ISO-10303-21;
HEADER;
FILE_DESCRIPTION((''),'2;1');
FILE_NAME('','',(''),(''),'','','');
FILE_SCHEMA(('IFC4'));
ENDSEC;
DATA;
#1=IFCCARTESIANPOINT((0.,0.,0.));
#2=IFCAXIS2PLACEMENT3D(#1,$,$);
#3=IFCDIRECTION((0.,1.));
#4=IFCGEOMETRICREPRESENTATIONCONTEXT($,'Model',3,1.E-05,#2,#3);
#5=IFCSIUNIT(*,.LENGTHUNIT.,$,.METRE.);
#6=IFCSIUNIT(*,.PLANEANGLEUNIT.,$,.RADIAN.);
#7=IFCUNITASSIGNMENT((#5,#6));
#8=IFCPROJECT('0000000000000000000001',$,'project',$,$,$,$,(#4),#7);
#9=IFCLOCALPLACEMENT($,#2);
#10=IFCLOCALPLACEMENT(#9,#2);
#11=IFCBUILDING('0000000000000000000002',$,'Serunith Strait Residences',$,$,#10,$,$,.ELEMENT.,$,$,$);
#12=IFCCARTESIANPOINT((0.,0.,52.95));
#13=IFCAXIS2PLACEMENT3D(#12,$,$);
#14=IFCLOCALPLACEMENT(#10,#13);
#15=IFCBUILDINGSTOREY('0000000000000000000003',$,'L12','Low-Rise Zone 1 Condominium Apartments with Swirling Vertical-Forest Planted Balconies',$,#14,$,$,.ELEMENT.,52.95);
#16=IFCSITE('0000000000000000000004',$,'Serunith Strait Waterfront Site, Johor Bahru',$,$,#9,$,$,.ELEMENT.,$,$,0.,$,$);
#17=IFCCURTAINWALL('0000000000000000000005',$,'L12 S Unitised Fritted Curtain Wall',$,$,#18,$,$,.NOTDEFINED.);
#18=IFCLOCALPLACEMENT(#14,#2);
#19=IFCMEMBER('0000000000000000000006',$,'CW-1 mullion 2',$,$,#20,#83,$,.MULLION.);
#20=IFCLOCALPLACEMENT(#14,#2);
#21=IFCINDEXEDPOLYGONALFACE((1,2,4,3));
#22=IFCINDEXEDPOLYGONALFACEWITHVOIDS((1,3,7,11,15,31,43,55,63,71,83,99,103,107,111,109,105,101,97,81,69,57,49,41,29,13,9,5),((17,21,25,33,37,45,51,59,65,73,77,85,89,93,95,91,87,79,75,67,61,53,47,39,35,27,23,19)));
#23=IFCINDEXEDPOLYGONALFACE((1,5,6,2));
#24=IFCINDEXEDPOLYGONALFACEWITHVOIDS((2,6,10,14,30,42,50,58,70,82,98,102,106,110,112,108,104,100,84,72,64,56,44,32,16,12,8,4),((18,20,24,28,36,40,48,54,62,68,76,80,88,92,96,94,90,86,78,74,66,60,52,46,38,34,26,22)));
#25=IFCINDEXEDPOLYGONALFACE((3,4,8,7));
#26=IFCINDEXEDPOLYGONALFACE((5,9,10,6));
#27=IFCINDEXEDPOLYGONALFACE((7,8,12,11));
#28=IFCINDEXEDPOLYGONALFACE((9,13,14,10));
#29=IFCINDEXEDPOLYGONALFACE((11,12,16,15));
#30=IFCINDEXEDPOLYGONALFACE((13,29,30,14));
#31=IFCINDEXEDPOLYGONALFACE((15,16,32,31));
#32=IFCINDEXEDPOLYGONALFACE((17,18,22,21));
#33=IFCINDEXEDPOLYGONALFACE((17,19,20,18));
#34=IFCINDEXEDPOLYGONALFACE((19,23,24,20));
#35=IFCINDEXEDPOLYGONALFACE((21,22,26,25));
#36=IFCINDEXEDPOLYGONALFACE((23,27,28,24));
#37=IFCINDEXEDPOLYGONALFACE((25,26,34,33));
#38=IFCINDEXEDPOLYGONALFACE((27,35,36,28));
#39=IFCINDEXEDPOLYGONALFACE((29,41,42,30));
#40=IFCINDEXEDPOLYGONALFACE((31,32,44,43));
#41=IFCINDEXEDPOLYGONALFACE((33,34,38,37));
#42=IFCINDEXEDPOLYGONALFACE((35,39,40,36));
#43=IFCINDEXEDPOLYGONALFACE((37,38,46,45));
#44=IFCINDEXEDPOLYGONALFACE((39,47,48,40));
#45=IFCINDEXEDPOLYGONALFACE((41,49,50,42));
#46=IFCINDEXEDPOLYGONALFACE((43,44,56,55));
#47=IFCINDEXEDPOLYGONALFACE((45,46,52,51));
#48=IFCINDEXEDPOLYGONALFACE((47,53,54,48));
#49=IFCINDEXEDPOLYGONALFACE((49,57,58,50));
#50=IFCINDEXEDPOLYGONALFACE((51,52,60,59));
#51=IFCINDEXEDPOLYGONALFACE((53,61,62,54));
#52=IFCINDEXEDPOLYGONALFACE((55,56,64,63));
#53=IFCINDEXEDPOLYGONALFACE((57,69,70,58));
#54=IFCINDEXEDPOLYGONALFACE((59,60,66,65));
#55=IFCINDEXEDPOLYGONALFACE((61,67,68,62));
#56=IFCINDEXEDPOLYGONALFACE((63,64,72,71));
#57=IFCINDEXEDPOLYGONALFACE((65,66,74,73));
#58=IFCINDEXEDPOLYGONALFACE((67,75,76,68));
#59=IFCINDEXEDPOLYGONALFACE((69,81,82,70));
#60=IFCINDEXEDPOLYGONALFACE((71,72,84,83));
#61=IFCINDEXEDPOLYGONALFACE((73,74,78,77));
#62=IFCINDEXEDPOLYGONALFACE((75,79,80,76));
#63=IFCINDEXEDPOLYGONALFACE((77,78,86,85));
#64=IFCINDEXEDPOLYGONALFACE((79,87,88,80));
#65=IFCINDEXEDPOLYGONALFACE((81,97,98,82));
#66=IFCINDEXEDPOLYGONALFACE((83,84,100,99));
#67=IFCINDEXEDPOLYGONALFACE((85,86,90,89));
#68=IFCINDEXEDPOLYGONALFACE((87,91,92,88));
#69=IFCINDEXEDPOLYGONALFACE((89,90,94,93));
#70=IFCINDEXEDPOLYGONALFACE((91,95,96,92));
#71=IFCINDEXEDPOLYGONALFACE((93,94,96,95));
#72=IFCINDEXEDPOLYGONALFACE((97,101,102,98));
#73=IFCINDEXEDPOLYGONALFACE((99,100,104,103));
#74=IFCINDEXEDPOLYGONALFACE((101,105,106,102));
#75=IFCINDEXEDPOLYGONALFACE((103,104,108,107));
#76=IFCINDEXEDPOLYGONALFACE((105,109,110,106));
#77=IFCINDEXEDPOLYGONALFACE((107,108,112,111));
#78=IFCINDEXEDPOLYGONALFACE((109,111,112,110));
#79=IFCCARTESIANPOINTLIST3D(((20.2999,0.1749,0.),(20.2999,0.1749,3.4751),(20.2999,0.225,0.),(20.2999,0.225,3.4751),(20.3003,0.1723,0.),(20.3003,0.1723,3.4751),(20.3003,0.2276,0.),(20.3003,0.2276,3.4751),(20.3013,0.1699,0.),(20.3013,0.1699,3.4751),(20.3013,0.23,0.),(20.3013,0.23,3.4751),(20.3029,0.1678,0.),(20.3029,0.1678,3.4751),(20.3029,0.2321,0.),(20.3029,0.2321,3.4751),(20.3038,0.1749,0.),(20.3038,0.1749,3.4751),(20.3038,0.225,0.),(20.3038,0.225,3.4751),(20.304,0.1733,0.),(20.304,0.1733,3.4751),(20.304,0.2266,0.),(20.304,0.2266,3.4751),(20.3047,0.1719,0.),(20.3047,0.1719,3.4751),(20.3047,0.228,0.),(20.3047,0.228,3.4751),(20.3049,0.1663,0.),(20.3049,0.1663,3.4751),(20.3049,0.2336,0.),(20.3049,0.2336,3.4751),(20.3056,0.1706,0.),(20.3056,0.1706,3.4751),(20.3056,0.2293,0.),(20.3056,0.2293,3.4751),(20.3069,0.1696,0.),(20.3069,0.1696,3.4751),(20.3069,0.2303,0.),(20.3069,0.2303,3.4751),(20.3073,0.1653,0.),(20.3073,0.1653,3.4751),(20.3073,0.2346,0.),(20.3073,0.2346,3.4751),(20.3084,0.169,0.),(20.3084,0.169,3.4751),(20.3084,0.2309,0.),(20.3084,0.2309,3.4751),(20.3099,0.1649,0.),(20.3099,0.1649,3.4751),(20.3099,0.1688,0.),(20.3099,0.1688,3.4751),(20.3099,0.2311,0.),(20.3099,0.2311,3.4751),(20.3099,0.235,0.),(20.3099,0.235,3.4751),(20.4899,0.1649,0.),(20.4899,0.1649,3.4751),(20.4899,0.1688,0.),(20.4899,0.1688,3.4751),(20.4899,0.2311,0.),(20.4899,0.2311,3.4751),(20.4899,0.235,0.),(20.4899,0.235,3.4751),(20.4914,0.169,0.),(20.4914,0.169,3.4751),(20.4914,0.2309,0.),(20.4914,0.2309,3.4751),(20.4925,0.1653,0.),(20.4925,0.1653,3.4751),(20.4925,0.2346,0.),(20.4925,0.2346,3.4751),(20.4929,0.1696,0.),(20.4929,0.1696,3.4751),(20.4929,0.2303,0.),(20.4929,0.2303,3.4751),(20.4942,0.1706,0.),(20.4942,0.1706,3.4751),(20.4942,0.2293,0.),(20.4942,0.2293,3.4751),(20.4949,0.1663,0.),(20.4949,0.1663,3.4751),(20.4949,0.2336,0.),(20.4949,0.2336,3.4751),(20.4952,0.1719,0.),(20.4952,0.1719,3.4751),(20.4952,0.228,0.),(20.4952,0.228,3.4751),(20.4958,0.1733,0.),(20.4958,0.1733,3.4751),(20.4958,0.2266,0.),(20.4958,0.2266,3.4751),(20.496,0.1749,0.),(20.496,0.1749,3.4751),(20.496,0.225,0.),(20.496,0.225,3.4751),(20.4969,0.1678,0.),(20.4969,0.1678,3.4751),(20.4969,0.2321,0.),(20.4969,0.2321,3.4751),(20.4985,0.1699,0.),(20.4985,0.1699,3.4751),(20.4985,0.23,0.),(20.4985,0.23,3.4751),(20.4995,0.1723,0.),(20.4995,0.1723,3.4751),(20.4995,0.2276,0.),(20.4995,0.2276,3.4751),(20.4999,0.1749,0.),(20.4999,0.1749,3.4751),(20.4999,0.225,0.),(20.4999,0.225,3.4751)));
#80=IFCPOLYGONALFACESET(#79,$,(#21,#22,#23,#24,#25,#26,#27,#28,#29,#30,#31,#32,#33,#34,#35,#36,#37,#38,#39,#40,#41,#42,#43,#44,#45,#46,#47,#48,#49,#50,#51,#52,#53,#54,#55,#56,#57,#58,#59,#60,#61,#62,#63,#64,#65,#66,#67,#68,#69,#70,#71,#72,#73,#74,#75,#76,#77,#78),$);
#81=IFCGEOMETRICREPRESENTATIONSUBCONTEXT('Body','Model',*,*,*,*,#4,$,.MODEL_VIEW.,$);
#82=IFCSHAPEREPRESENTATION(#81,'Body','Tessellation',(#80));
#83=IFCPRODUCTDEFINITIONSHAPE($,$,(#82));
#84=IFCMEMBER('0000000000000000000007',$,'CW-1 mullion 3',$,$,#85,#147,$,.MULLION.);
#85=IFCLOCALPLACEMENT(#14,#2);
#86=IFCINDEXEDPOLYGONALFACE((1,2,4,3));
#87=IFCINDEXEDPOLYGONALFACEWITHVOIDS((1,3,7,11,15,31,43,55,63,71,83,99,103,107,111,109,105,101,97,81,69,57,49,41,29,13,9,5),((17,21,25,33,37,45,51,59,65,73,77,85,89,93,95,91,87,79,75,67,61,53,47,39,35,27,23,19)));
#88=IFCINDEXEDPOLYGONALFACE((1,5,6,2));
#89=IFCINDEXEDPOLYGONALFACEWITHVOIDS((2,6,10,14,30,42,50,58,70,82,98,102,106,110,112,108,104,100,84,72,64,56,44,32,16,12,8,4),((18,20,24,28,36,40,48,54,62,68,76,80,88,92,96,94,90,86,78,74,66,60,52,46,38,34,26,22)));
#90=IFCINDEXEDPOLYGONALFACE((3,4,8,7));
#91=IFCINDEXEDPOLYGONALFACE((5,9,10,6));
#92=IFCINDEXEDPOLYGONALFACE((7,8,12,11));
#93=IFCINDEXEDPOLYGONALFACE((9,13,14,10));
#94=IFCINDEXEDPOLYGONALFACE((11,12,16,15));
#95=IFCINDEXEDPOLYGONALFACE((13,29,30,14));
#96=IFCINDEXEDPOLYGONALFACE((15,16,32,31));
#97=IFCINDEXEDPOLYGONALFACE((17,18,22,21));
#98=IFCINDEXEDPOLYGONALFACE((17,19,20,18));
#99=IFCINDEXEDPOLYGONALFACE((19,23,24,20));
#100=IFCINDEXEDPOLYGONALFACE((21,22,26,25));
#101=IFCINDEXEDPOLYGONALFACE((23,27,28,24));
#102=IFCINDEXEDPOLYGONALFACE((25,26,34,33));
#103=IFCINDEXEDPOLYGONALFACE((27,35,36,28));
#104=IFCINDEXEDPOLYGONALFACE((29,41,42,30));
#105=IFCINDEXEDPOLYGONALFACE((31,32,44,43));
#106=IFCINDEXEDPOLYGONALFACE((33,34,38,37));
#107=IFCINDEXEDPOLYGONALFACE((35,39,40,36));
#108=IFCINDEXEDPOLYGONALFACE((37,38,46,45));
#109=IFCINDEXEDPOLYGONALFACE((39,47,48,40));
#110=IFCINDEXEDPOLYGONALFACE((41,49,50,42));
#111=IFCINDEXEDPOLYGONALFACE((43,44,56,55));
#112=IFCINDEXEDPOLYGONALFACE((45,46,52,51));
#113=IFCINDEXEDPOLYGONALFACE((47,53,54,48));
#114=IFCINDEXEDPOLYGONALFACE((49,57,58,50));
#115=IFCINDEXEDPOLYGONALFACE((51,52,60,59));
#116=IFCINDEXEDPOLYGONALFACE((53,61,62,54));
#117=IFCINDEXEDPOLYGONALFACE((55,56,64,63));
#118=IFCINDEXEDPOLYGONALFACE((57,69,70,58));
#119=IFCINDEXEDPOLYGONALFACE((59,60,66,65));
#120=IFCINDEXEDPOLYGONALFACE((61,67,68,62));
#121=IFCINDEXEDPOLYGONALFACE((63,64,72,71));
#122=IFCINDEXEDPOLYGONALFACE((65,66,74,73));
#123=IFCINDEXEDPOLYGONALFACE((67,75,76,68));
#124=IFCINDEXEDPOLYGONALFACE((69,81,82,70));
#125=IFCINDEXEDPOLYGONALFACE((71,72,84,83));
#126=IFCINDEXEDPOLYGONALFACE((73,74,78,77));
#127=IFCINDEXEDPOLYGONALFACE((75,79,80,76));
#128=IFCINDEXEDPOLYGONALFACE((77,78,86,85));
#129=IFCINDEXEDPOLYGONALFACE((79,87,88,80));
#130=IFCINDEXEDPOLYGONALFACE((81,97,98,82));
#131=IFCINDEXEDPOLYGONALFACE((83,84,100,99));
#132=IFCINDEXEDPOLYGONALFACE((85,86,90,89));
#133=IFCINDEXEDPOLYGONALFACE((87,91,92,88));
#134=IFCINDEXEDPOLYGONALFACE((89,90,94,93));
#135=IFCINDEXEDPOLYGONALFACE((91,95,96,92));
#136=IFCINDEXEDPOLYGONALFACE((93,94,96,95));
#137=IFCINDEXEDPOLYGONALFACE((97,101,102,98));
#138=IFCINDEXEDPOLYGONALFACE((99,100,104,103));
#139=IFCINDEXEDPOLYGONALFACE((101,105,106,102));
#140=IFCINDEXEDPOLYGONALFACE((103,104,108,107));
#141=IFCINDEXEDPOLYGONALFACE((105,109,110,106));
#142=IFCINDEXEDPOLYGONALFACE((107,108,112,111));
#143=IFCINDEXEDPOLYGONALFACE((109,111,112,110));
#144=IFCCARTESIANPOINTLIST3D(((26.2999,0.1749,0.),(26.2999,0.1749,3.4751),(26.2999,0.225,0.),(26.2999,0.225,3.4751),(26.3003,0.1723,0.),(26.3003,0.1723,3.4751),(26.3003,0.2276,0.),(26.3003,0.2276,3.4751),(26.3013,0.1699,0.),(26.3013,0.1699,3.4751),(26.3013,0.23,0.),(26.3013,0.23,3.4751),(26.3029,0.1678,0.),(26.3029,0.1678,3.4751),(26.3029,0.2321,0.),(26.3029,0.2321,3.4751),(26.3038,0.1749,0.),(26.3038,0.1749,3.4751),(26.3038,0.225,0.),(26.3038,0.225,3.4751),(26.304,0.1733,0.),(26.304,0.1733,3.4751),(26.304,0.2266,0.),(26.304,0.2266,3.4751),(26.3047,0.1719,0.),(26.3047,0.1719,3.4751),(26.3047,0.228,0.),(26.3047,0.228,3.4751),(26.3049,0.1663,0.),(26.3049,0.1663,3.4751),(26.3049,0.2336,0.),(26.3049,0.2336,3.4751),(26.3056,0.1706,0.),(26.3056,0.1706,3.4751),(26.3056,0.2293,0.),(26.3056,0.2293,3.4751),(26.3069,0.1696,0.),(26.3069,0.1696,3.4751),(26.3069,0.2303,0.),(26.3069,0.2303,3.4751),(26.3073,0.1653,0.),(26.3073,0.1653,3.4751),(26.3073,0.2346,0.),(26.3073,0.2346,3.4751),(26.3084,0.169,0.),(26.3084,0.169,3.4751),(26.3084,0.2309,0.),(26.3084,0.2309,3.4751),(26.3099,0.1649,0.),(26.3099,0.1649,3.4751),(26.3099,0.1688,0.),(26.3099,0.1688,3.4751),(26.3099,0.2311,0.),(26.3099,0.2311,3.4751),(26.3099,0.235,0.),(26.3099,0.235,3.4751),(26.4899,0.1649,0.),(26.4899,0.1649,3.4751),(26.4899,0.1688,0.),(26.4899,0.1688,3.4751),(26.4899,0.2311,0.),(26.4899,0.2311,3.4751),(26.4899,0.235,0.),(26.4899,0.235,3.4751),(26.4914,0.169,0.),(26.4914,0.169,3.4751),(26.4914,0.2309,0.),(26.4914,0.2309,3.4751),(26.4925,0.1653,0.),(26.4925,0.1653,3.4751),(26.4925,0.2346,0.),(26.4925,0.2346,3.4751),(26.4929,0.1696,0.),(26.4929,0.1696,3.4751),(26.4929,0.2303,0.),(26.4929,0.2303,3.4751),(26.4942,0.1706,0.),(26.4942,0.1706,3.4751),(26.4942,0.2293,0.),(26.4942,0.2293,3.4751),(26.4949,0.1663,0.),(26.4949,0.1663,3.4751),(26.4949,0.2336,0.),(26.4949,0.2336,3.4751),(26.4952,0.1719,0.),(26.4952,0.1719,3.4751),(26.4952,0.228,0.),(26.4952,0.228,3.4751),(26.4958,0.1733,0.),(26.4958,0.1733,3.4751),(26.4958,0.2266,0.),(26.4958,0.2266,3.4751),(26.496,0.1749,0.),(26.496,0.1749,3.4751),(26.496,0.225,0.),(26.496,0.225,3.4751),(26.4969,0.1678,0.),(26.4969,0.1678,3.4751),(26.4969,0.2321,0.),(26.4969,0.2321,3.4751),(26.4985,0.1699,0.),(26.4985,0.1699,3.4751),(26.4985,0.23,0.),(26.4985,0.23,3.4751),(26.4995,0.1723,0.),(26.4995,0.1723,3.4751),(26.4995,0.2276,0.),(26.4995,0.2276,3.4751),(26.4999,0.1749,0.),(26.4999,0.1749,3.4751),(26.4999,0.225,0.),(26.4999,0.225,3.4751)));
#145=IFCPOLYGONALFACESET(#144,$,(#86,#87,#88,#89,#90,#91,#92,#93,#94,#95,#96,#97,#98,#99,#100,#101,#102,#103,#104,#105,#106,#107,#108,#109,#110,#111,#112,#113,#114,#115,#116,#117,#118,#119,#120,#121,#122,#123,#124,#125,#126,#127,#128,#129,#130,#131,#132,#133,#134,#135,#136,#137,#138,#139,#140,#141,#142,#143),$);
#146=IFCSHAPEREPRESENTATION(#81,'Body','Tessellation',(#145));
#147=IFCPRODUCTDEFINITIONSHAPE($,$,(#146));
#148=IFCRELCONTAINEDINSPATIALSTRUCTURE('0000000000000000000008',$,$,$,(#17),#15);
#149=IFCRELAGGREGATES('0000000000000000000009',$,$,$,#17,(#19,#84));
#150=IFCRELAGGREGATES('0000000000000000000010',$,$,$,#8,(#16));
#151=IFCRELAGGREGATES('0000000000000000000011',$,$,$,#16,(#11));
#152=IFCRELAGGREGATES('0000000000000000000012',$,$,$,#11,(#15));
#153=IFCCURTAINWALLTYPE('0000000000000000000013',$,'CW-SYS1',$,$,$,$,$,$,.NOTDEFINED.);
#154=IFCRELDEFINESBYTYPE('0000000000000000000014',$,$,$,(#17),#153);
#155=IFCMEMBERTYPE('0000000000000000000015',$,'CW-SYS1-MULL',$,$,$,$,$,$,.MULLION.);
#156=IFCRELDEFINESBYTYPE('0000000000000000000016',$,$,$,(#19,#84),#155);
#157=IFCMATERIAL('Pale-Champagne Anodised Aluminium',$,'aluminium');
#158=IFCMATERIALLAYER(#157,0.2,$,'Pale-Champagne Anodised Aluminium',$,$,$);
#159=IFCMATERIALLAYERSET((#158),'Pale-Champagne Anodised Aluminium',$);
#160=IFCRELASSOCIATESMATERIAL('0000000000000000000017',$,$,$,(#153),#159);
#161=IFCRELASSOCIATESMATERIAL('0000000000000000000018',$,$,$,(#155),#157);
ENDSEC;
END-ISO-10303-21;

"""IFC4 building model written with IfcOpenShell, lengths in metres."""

from ifc_helpers import new_model, si_unit, direction, frame, origin, origin_2d, place, context, subcontext, project, spatial, hollow_rectangle, extrude, source, transform, mapped, material, layer, layer_set, material_profile, profile_set, type_object, element, aggregate, save


model = new_model("IFC4")

# Units and contexts
model_context = context("Model", 3, precision=1e-05, world=origin(), true_north=direction((0.0, 1.0)))
body_context = subcontext(model_context, "Body", "Model", "MODEL_VIEW")
ifc_project = project(units=[si_unit("LENGTHUNIT", "METRE"), si_unit("PLANEANGLEUNIT", "RADIAN")], contexts=[model_context])

# Site, building, storey
site_placement = place(None, origin())
site = spatial("IfcSite", under=ifc_project, at=site_placement, Name="Serunith Strait Waterfront Site, Johor Bahru", CompositionType="ELEMENT", RefElevation=0.0)
building_placement = place(site_placement, origin())
building = spatial("IfcBuilding", under=site, at=building_placement, Name="Serunith Strait Residences", CompositionType="ELEMENT")
storey_placement = place(building_placement, frame((0.0, 0.0, 52.95)))
storey = spatial("IfcBuildingStorey", under=building, at=storey_placement, Name="L12", Description="Low-Rise Zone 1 Condominium Apartments with Swirling Vertical-Forest Planted Balconies", CompositionType="ELEMENT", Elevation=52.95)

# Curtain wall, members
ifc_material_1 = material(Name="Pale-Champagne Anodised Aluminium", Category="aluminium")
ifc_layer_1 = layer(ifc_material_1, 0.2, Name="Pale-Champagne Anodised Aluminium")
ifc_layer_set_1 = layer_set([ifc_layer_1], Name="Pale-Champagne Anodised Aluminium")
curtain_wall_type = type_object("IfcCurtainWallType", Name="CW-SYS1", PredefinedType="NOTDEFINED", material=ifc_layer_set_1)
curtain_wall_placement = place(storey_placement, origin())
curtain_wall = element("IfcCurtainWall", 1, at=curtain_wall_placement, inside=storey, type_object=curtain_wall_type, Name="L12 S Unitised Fritted Curtain Wall", PredefinedType="NOTDEFINED")
ifc_material_profile_1 = material_profile(ifc_material_1, hollow_rectangle(XDim=0.0701, YDim=0.2, WallThickness=0.0039, InnerFilletRadius=0.0061, OuterFilletRadius=0.01, at=origin_2d()), Name="ALU 200x70x4")
ifc_profile_set_1 = profile_set([ifc_material_profile_1], Name="Pale-Champagne Anodised Aluminium")
member_type_1 = type_object("IfcMemberType", Name="CW-SYS1-MULL", PredefinedType="MULLION", material=ifc_profile_set_1)
shared_shape_1 = source(origin(), body_context, "Body", "SweptSolid", [
    extrude(hollow_rectangle(XDim=0.0701, YDim=0.2, WallThickness=0.0039, InnerFilletRadius=0.0061, OuterFilletRadius=0.01, at=origin_2d()), origin(), (0.0, 0.0, 1.0), 3.4751),
])
member_1_placement = place(storey_placement, frame((20.3999, 0.2, 0.0), z_axis=(0.0, 0.0, 1.0), x_axis=(0.0, 1.0, 0.0)))
member_1 = element("IfcMember", 2, at=member_1_placement, type_object=member_type_1, Name="CW-1 mullion 2", PredefinedType="MULLION", context=body_context, shape_type="MappedRepresentation", body=[
    mapped(shared_shape_1, transform((0.0, 0.0, 0.0), scale=1.0)),
])
member_2_placement = place(storey_placement, frame((26.3999, 0.2, 0.0), z_axis=(0.0, 0.0, 1.0), x_axis=(0.0, 1.0, 0.0)))
member_2 = element("IfcMember", 3, at=member_2_placement, type_object=member_type_1, Name="CW-1 mullion 3", PredefinedType="MULLION", context=body_context, shape_type="MappedRepresentation", body=[
    mapped(shared_shape_1, transform((0.0, 0.0, 0.0), scale=1.0)),
])
aggregate(curtain_wall, [member_1, member_2])

save(model, "model.ifc")
